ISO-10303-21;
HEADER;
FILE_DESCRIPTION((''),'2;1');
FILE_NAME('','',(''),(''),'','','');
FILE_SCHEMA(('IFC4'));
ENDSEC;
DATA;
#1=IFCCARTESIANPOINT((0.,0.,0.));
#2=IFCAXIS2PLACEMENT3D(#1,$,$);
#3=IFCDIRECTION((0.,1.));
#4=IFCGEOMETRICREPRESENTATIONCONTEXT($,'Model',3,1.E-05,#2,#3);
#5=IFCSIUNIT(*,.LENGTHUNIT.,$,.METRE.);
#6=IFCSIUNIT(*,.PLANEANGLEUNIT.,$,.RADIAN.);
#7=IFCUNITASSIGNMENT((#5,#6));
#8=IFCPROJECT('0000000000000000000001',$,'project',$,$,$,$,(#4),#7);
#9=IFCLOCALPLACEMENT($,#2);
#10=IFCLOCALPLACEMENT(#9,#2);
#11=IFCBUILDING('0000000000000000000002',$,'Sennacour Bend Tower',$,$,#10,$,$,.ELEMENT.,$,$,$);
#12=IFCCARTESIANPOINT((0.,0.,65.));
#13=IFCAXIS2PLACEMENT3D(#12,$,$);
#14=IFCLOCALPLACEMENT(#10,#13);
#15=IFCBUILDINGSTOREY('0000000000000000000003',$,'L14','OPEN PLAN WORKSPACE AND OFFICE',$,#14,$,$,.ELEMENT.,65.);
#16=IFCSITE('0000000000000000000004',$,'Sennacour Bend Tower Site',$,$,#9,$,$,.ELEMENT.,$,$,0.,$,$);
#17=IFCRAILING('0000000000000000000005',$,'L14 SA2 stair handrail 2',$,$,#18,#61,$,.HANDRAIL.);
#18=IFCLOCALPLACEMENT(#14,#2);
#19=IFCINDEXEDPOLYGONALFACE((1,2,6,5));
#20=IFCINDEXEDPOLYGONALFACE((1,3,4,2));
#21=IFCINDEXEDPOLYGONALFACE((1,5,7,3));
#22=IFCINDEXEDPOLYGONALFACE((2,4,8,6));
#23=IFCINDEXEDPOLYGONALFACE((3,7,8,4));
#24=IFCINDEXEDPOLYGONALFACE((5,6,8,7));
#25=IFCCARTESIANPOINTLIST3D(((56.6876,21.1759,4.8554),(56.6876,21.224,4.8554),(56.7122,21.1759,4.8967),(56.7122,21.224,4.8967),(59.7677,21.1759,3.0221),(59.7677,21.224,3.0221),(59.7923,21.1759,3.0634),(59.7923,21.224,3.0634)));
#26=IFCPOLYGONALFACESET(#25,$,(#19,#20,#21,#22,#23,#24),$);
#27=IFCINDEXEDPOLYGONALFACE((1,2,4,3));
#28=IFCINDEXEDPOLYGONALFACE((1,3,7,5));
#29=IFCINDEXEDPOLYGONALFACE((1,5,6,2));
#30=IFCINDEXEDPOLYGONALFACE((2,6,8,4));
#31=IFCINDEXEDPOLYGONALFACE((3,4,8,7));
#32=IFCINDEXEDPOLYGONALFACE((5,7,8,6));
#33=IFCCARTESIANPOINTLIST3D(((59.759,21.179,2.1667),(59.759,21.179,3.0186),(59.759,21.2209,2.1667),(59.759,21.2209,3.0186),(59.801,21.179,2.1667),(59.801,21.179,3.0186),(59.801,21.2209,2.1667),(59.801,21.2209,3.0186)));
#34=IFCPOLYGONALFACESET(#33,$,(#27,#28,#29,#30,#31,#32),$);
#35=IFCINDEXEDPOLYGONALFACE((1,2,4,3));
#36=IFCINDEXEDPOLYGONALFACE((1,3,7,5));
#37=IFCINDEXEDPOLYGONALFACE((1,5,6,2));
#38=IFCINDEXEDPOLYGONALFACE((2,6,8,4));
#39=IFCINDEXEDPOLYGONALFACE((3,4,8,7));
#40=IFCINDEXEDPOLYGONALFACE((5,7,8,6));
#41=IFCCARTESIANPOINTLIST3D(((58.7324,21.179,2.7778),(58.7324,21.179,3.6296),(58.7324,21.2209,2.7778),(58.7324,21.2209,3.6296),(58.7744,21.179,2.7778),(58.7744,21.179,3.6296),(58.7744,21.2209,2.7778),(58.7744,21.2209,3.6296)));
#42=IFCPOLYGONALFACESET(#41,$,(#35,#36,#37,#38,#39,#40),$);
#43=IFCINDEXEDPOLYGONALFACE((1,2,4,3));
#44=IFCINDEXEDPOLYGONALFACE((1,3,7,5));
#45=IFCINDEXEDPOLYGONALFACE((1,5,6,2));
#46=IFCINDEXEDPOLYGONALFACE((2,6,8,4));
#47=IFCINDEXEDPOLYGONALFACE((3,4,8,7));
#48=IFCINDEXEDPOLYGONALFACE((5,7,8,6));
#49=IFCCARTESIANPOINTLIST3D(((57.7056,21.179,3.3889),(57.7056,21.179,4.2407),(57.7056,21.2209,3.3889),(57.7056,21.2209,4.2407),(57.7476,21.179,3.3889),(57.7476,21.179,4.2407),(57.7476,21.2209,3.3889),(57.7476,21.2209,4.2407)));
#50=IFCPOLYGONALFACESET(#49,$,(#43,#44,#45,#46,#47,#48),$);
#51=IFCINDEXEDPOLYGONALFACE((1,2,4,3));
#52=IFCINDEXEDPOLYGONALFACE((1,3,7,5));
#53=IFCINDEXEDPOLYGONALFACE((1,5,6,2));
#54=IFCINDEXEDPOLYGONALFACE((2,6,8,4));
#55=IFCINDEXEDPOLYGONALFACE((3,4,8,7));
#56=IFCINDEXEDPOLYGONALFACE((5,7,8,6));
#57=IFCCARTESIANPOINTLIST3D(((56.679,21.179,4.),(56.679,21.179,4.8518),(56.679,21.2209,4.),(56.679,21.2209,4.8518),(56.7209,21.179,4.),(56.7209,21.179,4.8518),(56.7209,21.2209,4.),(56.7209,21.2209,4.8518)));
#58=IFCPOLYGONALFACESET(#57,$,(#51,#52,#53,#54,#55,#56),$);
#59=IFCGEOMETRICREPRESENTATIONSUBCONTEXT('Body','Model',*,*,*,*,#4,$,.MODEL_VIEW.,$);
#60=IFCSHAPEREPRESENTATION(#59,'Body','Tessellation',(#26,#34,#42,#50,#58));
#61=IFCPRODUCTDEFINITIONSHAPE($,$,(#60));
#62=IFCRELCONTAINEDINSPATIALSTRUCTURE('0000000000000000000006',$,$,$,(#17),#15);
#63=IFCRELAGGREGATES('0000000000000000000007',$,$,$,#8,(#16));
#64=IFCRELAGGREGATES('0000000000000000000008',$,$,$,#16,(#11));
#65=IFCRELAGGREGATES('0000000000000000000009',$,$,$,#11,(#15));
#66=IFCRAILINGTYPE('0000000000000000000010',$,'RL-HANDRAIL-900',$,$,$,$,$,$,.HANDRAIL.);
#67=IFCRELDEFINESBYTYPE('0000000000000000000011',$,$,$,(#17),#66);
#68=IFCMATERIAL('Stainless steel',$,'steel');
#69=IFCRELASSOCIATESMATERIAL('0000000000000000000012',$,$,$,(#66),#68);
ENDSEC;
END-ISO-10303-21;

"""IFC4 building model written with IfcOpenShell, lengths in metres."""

from ifc_helpers import new_model, si_unit, direction, frame, origin, origin_2d, place, context, subcontext, project, spatial, rectangle, extrude, material, type_object, element, save


model = new_model("IFC4")

# Units and contexts
model_context = context("Model", 3, precision=1e-05, world=origin(), true_north=direction((0.0, 1.0)))
body_context = subcontext(model_context, "Body", "Model", "MODEL_VIEW")
ifc_project = project(units=[si_unit("LENGTHUNIT", "METRE"), si_unit("PLANEANGLEUNIT", "RADIAN")], contexts=[model_context])

# Site, building, storey
site_placement = place(None, origin())
site = spatial("IfcSite", under=ifc_project, at=site_placement, Name="Sennacour Bend Tower Site", CompositionType="ELEMENT", RefElevation=0.0)
building_placement = place(site_placement, origin())
building = spatial("IfcBuilding", under=site, at=building_placement, Name="Sennacour Bend Tower", CompositionType="ELEMENT")
storey_placement = place(building_placement, frame((0.0, 0.0, 65.0)))
storey = spatial("IfcBuildingStorey", under=building, at=storey_placement, Name="L14", Description="OPEN PLAN WORKSPACE AND OFFICE", CompositionType="ELEMENT", Elevation=65.0)

# Shared definitions
ifc_material_1 = material(Name="Stainless steel", Category="steel")

# Railing
railing_type_1 = type_object("IfcRailingType", Name="RL-HANDRAIL-900", PredefinedType="HANDRAIL", material=ifc_material_1)
railing_1_placement = place(storey_placement, frame((59.78, 21.2, 2.1667)))
element("IfcRailing", 1, at=railing_1_placement, inside=storey, type_object=railing_type_1, Name="L14 SA2 stair handrail 2", PredefinedType="HANDRAIL", context=body_context, shape_type="SweptSolid", body=[
    extrude(rectangle(XDim=0.0481, YDim=0.0481, at=origin_2d()), frame((0.0, 0.0, 0.876), z_axis=(-0.859309, 0.0, 0.511458), x_axis=(0.0, -1.0, 0.0)), (0.0, 0.0, 1.0), 3.5845),
    extrude(rectangle(XDim=0.042, YDim=0.042, at=origin_2d()), origin(), (0.0, 0.0, 1.0), 0.8518),
    extrude(rectangle(XDim=0.042, YDim=0.042, at=origin_2d()), frame((-1.0266, 0.0, 0.6111)), (0.0, 0.0, 1.0), 0.8518),
    extrude(rectangle(XDim=0.042, YDim=0.042, at=origin_2d()), frame((-2.0535, 0.0, 1.2222)), (0.0, 0.0, 1.0), 0.8518),
    extrude(rectangle(XDim=0.042, YDim=0.042, at=origin_2d()), frame((-3.0801, 0.0, 1.8333)), (0.0, 0.0, 1.0), 0.8518),
])

save(model, "model.ifc")
